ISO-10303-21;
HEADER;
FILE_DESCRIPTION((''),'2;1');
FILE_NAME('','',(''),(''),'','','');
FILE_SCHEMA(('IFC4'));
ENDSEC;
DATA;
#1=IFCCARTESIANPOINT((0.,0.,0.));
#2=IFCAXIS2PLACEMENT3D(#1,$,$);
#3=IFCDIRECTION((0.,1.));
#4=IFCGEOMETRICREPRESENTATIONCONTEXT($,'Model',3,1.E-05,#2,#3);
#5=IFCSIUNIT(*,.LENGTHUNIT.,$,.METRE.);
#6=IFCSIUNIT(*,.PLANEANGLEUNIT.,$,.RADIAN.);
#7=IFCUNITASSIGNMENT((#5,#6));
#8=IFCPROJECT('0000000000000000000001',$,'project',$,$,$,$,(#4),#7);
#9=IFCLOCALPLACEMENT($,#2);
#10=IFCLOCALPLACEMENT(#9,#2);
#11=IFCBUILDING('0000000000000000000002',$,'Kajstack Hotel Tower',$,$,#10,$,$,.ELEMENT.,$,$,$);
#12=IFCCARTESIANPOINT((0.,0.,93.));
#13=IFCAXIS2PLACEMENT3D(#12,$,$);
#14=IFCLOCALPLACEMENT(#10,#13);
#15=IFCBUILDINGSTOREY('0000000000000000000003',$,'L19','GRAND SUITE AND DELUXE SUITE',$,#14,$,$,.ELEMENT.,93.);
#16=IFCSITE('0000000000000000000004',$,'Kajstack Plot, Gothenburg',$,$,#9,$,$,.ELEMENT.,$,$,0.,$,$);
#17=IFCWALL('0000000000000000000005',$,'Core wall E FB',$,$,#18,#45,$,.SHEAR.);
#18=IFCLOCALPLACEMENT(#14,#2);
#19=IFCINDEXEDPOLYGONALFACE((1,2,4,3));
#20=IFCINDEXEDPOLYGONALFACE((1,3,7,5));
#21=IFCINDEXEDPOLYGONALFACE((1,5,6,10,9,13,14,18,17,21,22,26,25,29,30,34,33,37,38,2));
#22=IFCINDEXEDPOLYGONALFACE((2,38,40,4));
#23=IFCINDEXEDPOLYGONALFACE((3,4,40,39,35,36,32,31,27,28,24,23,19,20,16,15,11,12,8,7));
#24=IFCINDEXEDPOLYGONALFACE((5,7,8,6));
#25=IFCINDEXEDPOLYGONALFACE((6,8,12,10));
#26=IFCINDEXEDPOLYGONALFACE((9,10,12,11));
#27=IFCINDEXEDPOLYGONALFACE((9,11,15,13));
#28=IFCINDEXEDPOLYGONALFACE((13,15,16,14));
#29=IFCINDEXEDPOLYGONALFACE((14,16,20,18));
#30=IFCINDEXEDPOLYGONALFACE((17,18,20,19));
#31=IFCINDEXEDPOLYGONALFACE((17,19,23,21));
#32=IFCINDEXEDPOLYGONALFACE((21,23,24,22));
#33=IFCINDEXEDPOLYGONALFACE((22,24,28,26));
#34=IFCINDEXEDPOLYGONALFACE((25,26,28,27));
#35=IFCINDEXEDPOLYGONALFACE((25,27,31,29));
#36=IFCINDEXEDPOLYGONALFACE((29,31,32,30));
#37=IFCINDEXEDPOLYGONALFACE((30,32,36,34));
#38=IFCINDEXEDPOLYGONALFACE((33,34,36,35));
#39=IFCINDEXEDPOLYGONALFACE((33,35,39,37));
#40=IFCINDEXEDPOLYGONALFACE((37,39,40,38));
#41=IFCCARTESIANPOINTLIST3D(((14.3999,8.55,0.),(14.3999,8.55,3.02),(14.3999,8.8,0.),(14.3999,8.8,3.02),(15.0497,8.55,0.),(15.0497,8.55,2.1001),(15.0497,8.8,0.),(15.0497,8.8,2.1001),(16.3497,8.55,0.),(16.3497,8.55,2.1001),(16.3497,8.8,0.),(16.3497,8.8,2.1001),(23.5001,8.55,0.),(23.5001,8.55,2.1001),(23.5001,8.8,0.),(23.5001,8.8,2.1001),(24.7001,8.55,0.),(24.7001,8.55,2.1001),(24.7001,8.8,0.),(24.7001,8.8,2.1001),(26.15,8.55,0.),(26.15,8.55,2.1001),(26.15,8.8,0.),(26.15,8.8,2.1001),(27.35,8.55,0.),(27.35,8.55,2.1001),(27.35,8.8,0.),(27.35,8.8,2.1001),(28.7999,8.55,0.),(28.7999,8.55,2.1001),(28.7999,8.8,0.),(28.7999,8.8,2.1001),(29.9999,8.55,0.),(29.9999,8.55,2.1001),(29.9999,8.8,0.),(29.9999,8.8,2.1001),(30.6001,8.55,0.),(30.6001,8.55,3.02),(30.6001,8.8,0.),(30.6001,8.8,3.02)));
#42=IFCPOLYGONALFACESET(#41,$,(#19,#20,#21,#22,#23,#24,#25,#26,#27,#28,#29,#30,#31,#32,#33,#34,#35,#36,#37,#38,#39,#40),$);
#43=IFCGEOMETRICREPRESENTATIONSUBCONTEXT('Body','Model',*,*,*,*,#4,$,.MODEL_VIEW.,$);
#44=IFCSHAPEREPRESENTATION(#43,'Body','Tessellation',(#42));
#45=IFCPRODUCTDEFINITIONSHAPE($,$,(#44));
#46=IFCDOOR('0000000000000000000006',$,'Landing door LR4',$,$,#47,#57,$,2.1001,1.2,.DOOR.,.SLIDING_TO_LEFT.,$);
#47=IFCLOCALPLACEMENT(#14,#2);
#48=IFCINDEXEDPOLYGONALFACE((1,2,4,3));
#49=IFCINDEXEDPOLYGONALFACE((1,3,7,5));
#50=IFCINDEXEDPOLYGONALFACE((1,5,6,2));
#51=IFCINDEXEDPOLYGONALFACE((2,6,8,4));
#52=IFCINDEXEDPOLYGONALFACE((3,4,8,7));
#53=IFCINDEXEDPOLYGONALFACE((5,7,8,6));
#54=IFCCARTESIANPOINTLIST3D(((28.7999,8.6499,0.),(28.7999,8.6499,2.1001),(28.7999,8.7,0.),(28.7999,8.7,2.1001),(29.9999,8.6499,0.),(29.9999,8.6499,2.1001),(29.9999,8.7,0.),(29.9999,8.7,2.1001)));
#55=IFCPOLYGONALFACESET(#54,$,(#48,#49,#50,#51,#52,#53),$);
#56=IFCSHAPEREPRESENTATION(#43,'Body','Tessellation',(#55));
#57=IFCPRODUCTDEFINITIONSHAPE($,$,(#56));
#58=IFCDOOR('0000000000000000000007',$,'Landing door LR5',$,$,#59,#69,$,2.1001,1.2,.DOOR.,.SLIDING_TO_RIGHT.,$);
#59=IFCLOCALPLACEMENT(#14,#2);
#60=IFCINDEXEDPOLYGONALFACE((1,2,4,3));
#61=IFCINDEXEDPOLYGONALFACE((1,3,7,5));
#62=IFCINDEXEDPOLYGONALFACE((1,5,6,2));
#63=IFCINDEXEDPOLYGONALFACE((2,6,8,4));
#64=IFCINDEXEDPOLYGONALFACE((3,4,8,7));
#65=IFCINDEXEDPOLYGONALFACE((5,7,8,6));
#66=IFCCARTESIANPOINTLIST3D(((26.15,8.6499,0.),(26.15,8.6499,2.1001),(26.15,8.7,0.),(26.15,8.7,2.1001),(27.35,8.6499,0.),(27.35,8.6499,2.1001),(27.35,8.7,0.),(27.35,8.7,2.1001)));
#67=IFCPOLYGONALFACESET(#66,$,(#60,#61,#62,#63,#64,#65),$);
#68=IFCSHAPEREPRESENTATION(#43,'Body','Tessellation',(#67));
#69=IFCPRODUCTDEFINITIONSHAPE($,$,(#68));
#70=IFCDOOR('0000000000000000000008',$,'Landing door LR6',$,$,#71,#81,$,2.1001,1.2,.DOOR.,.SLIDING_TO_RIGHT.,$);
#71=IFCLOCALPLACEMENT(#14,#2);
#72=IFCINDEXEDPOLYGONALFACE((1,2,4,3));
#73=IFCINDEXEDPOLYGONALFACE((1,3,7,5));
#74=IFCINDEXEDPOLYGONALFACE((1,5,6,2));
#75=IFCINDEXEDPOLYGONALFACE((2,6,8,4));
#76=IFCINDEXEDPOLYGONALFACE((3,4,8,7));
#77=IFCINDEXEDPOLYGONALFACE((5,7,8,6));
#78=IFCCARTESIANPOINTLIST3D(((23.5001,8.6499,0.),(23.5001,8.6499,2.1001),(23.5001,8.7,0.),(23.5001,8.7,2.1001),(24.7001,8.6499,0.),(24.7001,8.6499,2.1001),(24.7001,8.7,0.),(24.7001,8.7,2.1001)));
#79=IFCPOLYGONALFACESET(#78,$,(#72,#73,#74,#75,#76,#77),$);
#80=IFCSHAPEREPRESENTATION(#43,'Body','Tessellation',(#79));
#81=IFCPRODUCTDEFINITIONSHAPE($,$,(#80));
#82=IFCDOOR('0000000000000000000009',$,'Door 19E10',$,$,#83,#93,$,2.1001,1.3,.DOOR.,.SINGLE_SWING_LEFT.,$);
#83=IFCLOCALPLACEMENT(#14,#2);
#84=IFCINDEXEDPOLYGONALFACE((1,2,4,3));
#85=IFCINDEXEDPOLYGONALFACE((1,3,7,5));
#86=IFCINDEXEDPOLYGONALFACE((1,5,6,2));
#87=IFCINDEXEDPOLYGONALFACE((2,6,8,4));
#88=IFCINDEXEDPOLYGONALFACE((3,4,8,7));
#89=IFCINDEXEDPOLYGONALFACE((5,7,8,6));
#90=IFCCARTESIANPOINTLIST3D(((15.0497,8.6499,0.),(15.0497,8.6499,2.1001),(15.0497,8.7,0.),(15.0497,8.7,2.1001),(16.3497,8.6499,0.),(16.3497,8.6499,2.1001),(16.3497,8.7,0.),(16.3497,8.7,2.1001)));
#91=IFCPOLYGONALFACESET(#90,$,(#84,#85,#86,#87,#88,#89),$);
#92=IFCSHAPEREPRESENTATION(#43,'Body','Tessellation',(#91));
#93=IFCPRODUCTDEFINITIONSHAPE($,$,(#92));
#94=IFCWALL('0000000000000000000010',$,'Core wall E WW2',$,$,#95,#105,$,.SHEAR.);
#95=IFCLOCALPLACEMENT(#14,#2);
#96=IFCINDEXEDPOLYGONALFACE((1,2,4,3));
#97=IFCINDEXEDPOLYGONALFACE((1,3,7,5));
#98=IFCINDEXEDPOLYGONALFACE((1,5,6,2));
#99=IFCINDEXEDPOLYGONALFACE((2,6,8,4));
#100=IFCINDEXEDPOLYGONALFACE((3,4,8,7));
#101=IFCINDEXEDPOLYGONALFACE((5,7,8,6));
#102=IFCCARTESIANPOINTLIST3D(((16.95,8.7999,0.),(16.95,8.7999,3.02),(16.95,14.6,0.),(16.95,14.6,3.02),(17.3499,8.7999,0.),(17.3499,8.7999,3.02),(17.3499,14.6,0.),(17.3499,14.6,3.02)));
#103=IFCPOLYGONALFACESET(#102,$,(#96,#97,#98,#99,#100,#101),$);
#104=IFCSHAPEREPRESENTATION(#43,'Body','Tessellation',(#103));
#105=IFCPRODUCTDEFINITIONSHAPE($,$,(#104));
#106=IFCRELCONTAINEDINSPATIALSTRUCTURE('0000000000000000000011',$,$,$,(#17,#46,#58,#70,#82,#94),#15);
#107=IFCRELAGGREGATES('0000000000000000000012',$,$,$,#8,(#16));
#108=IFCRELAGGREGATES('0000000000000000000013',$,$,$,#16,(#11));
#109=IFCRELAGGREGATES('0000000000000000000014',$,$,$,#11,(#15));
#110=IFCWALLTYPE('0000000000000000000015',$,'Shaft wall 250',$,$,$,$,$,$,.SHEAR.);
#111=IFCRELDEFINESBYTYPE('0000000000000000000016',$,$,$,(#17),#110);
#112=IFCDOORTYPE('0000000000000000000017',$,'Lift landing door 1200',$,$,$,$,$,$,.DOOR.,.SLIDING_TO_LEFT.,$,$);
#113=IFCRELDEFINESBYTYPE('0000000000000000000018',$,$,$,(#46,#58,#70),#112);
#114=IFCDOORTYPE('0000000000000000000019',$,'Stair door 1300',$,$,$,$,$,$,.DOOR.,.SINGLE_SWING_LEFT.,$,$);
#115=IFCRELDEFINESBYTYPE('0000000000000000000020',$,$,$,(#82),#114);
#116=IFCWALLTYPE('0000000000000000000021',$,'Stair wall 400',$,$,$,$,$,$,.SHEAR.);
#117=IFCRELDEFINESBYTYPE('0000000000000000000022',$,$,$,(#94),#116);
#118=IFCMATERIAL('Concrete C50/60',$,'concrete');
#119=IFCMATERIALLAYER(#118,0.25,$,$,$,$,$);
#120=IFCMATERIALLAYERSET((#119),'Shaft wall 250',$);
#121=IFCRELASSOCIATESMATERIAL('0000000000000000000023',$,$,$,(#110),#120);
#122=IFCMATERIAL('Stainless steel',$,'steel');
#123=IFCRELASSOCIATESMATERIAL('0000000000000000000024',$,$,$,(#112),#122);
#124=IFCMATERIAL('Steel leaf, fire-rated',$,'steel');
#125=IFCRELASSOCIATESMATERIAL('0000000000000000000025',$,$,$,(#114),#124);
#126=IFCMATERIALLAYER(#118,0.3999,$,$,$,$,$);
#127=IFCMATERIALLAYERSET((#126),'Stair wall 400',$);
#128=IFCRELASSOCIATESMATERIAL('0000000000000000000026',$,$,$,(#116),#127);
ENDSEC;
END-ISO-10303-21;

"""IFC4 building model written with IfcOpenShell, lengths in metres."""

from ifc_helpers import new_model, si_unit, direction, frame, frame_2d, origin, place, context, subcontext, project, spatial, rectangle, extrude, material, layer, layer_set, type_object, element, fill, save


model = new_model("IFC4")

# Units and contexts
model_context = context("Model", 3, precision=1e-05, world=origin(), true_north=direction((0.0, 1.0)))
body_context = subcontext(model_context, "Body", "Model", "MODEL_VIEW")
ifc_project = project(units=[si_unit("LENGTHUNIT", "METRE"), si_unit("PLANEANGLEUNIT", "RADIAN")], contexts=[model_context])

# Site, building, storey
site_placement = place(None, origin())
site = spatial("IfcSite", under=ifc_project, at=site_placement, Name="Kajstack Plot, Gothenburg", CompositionType="ELEMENT", RefElevation=0.0)
building_placement = place(site_placement, origin())
building = spatial("IfcBuilding", under=site, at=building_placement, Name="Kajstack Hotel Tower", CompositionType="ELEMENT")
storey_placement = place(building_placement, frame((0.0, 0.0, 93.0)))
storey = spatial("IfcBuildingStorey", under=building, at=storey_placement, Name="L19", Description="GRAND SUITE AND DELUXE SUITE", CompositionType="ELEMENT", Elevation=93.0)

# Shared definitions
ifc_material_1 = material(Name="Concrete C50/60", Category="concrete")
ifc_layer_1 = layer(ifc_material_1, 0.25)
ifc_layer_set_1 = layer_set([ifc_layer_1], Name="Shaft wall 250")
wall_type_1 = type_object("IfcWallType", Name="Shaft wall 250", PredefinedType="SHEAR", material=ifc_layer_set_1)

# Wall, openings, doors
wall_1_placement = place(storey_placement, frame((14.3999, 8.675, 0.0), z_axis=(0.0, 0.0, 1.0), x_axis=(1.0, 0.0, 0.0)))
wall_1 = element("IfcWall", 1, at=wall_1_placement, inside=storey, type_object=wall_type_1, Name="Core wall E FB", PredefinedType="SHEAR", context=body_context, shape_type="SweptSolid", body=[
    extrude(rectangle(XDim=16.2002, YDim=0.25, at=frame_2d((8.1001, 0.0))), origin(), (0.0, 0.0, 1.0), 3.02),
])
opening_1_placement = place(wall_1_placement, frame((14.3999, 0.0, 0.0)))
opening_1 = element("IfcOpeningElement", 2, at=opening_1_placement, cuts=wall_1, PredefinedType="OPENING", context=body_context, shape_type="SweptSolid", body=[
    extrude(rectangle(XDim=1.2, YDim=2.1001, at=frame_2d((0.6001, 1.05))), frame((0.0, 0.135, 0.0), z_axis=(0.0, -1.0, 0.0), x_axis=(1.0, 0.0, 0.0)), (0.0, 0.0, 1.0), 0.27),
])
opening_2_placement = place(wall_1_placement, frame((11.75, 0.0, 0.0)))
opening_2 = element("IfcOpeningElement", 3, at=opening_2_placement, cuts=wall_1, PredefinedType="OPENING", context=body_context, shape_type="SweptSolid", body=[
    extrude(rectangle(XDim=1.2, YDim=2.1001, at=frame_2d((0.6001, 1.05))), frame((0.0, 0.135, 0.0), z_axis=(0.0, -1.0, 0.0), x_axis=(1.0, 0.0, 0.0)), (0.0, 0.0, 1.0), 0.27),
])
opening_3_placement = place(wall_1_placement, frame((9.1001, 0.0, 0.0)))
opening_3 = element("IfcOpeningElement", 4, at=opening_3_placement, cuts=wall_1, PredefinedType="OPENING", context=body_context, shape_type="SweptSolid", body=[
    extrude(rectangle(XDim=1.2, YDim=2.1001, at=frame_2d((0.6001, 1.05))), frame((0.0, 0.135, 0.0), z_axis=(0.0, -1.0, 0.0), x_axis=(1.0, 0.0, 0.0)), (0.0, 0.0, 1.0), 0.27),
])
opening_4_placement = place(wall_1_placement, frame((0.6499, 0.0, 0.0)))
opening_4 = element("IfcOpeningElement", 5, at=opening_4_placement, cuts=wall_1, PredefinedType="OPENING", context=body_context, shape_type="SweptSolid", body=[
    extrude(rectangle(XDim=1.3, YDim=2.1001, at=frame_2d((0.6499, 1.05))), frame((0.0, 0.135, 0.0), z_axis=(0.0, -1.0, 0.0), x_axis=(1.0, 0.0, 0.0)), (0.0, 0.0, 1.0), 0.27),
])
ifc_material_2 = material(Name="Stainless steel", Category="steel")
door_type_1 = type_object("IfcDoorType", Name="Lift landing door 1200", OperationType="SLIDING_TO_LEFT", PredefinedType="DOOR", material=ifc_material_2)
door_1_placement = place(opening_1_placement, origin())
door_1 = element("IfcDoor", 6, at=door_1_placement, inside=storey, type_object=door_type_1, Name="Landing door LR4", OperationType="SLIDING_TO_LEFT", OverallHeight=2.1001, OverallWidth=1.2, PredefinedType="DOOR", context=body_context, shape_type="SweptSolid", body=[
    extrude(rectangle(XDim=1.2, YDim=2.1001, at=frame_2d((0.6001, 1.05))), frame((0.0, 0.0249, 0.0), z_axis=(0.0, -1.0, 0.0), x_axis=(1.0, 0.0, 0.0)), (0.0, 0.0, 1.0), 0.05),
])
fill(opening_1, door_1)
door_2_placement = place(opening_2_placement, origin())
door_2 = element("IfcDoor", 7, at=door_2_placement, inside=storey, type_object=door_type_1, Name="Landing door LR5", OperationType="SLIDING_TO_RIGHT", OverallHeight=2.1001, OverallWidth=1.2, PredefinedType="DOOR", context=body_context, shape_type="SweptSolid", body=[
    extrude(rectangle(XDim=1.2, YDim=2.1001, at=frame_2d((0.6001, 1.05))), frame((0.0, 0.0249, 0.0), z_axis=(0.0, -1.0, 0.0), x_axis=(1.0, 0.0, 0.0)), (0.0, 0.0, 1.0), 0.05),
])
fill(opening_2, door_2)
door_3_placement = place(opening_3_placement, origin())
door_3 = element("IfcDoor", 8, at=door_3_placement, inside=storey, type_object=door_type_1, Name="Landing door LR6", OperationType="SLIDING_TO_RIGHT", OverallHeight=2.1001, OverallWidth=1.2, PredefinedType="DOOR", context=body_context, shape_type="SweptSolid", body=[
    extrude(rectangle(XDim=1.2, YDim=2.1001, at=frame_2d((0.6001, 1.05))), frame((0.0, 0.0249, 0.0), z_axis=(0.0, -1.0, 0.0), x_axis=(1.0, 0.0, 0.0)), (0.0, 0.0, 1.0), 0.05),
])
fill(opening_3, door_3)
ifc_material_3 = material(Name="Steel leaf, fire-rated", Category="steel")
door_type_2 = type_object("IfcDoorType", Name="Stair door 1300", OperationType="SINGLE_SWING_LEFT", PredefinedType="DOOR", material=ifc_material_3)
door_4_placement = place(opening_4_placement, origin())
door_4 = element("IfcDoor", 9, at=door_4_placement, inside=storey, type_object=door_type_2, Name="Door 19E10", OperationType="SINGLE_SWING_LEFT", OverallHeight=2.1001, OverallWidth=1.3, PredefinedType="DOOR", context=body_context, shape_type="SweptSolid", body=[
    extrude(rectangle(XDim=1.3, YDim=2.1001, at=frame_2d((0.6499, 1.05))), frame((0.0, 0.0249, 0.0), z_axis=(0.0, -1.0, 0.0), x_axis=(1.0, 0.0, 0.0)), (0.0, 0.0, 1.0), 0.05),
])
fill(opening_4, door_4)

# Wall
ifc_layer_2 = layer(ifc_material_1, 0.3999)
ifc_layer_set_2 = layer_set([ifc_layer_2], Name="Stair wall 400")
wall_type_2 = type_object("IfcWallType", Name="Stair wall 400", PredefinedType="SHEAR", material=ifc_layer_set_2)
wall_2_placement = place(storey_placement, frame((17.1499, 8.8, 0.0), z_axis=(0.0, 0.0, 1.0), x_axis=(0.0, 1.0, 0.0)))
element("IfcWall", 10, at=wall_2_placement, inside=storey, type_object=wall_type_2, Name="Core wall E WW2", PredefinedType="SHEAR", context=body_context, shape_type="SweptSolid", body=[
    extrude(rectangle(XDim=5.8, YDim=0.3999, at=frame_2d((2.8999, 0.0))), origin(), (0.0, 0.0, 1.0), 3.02),
])

save(model, "model.ifc")
